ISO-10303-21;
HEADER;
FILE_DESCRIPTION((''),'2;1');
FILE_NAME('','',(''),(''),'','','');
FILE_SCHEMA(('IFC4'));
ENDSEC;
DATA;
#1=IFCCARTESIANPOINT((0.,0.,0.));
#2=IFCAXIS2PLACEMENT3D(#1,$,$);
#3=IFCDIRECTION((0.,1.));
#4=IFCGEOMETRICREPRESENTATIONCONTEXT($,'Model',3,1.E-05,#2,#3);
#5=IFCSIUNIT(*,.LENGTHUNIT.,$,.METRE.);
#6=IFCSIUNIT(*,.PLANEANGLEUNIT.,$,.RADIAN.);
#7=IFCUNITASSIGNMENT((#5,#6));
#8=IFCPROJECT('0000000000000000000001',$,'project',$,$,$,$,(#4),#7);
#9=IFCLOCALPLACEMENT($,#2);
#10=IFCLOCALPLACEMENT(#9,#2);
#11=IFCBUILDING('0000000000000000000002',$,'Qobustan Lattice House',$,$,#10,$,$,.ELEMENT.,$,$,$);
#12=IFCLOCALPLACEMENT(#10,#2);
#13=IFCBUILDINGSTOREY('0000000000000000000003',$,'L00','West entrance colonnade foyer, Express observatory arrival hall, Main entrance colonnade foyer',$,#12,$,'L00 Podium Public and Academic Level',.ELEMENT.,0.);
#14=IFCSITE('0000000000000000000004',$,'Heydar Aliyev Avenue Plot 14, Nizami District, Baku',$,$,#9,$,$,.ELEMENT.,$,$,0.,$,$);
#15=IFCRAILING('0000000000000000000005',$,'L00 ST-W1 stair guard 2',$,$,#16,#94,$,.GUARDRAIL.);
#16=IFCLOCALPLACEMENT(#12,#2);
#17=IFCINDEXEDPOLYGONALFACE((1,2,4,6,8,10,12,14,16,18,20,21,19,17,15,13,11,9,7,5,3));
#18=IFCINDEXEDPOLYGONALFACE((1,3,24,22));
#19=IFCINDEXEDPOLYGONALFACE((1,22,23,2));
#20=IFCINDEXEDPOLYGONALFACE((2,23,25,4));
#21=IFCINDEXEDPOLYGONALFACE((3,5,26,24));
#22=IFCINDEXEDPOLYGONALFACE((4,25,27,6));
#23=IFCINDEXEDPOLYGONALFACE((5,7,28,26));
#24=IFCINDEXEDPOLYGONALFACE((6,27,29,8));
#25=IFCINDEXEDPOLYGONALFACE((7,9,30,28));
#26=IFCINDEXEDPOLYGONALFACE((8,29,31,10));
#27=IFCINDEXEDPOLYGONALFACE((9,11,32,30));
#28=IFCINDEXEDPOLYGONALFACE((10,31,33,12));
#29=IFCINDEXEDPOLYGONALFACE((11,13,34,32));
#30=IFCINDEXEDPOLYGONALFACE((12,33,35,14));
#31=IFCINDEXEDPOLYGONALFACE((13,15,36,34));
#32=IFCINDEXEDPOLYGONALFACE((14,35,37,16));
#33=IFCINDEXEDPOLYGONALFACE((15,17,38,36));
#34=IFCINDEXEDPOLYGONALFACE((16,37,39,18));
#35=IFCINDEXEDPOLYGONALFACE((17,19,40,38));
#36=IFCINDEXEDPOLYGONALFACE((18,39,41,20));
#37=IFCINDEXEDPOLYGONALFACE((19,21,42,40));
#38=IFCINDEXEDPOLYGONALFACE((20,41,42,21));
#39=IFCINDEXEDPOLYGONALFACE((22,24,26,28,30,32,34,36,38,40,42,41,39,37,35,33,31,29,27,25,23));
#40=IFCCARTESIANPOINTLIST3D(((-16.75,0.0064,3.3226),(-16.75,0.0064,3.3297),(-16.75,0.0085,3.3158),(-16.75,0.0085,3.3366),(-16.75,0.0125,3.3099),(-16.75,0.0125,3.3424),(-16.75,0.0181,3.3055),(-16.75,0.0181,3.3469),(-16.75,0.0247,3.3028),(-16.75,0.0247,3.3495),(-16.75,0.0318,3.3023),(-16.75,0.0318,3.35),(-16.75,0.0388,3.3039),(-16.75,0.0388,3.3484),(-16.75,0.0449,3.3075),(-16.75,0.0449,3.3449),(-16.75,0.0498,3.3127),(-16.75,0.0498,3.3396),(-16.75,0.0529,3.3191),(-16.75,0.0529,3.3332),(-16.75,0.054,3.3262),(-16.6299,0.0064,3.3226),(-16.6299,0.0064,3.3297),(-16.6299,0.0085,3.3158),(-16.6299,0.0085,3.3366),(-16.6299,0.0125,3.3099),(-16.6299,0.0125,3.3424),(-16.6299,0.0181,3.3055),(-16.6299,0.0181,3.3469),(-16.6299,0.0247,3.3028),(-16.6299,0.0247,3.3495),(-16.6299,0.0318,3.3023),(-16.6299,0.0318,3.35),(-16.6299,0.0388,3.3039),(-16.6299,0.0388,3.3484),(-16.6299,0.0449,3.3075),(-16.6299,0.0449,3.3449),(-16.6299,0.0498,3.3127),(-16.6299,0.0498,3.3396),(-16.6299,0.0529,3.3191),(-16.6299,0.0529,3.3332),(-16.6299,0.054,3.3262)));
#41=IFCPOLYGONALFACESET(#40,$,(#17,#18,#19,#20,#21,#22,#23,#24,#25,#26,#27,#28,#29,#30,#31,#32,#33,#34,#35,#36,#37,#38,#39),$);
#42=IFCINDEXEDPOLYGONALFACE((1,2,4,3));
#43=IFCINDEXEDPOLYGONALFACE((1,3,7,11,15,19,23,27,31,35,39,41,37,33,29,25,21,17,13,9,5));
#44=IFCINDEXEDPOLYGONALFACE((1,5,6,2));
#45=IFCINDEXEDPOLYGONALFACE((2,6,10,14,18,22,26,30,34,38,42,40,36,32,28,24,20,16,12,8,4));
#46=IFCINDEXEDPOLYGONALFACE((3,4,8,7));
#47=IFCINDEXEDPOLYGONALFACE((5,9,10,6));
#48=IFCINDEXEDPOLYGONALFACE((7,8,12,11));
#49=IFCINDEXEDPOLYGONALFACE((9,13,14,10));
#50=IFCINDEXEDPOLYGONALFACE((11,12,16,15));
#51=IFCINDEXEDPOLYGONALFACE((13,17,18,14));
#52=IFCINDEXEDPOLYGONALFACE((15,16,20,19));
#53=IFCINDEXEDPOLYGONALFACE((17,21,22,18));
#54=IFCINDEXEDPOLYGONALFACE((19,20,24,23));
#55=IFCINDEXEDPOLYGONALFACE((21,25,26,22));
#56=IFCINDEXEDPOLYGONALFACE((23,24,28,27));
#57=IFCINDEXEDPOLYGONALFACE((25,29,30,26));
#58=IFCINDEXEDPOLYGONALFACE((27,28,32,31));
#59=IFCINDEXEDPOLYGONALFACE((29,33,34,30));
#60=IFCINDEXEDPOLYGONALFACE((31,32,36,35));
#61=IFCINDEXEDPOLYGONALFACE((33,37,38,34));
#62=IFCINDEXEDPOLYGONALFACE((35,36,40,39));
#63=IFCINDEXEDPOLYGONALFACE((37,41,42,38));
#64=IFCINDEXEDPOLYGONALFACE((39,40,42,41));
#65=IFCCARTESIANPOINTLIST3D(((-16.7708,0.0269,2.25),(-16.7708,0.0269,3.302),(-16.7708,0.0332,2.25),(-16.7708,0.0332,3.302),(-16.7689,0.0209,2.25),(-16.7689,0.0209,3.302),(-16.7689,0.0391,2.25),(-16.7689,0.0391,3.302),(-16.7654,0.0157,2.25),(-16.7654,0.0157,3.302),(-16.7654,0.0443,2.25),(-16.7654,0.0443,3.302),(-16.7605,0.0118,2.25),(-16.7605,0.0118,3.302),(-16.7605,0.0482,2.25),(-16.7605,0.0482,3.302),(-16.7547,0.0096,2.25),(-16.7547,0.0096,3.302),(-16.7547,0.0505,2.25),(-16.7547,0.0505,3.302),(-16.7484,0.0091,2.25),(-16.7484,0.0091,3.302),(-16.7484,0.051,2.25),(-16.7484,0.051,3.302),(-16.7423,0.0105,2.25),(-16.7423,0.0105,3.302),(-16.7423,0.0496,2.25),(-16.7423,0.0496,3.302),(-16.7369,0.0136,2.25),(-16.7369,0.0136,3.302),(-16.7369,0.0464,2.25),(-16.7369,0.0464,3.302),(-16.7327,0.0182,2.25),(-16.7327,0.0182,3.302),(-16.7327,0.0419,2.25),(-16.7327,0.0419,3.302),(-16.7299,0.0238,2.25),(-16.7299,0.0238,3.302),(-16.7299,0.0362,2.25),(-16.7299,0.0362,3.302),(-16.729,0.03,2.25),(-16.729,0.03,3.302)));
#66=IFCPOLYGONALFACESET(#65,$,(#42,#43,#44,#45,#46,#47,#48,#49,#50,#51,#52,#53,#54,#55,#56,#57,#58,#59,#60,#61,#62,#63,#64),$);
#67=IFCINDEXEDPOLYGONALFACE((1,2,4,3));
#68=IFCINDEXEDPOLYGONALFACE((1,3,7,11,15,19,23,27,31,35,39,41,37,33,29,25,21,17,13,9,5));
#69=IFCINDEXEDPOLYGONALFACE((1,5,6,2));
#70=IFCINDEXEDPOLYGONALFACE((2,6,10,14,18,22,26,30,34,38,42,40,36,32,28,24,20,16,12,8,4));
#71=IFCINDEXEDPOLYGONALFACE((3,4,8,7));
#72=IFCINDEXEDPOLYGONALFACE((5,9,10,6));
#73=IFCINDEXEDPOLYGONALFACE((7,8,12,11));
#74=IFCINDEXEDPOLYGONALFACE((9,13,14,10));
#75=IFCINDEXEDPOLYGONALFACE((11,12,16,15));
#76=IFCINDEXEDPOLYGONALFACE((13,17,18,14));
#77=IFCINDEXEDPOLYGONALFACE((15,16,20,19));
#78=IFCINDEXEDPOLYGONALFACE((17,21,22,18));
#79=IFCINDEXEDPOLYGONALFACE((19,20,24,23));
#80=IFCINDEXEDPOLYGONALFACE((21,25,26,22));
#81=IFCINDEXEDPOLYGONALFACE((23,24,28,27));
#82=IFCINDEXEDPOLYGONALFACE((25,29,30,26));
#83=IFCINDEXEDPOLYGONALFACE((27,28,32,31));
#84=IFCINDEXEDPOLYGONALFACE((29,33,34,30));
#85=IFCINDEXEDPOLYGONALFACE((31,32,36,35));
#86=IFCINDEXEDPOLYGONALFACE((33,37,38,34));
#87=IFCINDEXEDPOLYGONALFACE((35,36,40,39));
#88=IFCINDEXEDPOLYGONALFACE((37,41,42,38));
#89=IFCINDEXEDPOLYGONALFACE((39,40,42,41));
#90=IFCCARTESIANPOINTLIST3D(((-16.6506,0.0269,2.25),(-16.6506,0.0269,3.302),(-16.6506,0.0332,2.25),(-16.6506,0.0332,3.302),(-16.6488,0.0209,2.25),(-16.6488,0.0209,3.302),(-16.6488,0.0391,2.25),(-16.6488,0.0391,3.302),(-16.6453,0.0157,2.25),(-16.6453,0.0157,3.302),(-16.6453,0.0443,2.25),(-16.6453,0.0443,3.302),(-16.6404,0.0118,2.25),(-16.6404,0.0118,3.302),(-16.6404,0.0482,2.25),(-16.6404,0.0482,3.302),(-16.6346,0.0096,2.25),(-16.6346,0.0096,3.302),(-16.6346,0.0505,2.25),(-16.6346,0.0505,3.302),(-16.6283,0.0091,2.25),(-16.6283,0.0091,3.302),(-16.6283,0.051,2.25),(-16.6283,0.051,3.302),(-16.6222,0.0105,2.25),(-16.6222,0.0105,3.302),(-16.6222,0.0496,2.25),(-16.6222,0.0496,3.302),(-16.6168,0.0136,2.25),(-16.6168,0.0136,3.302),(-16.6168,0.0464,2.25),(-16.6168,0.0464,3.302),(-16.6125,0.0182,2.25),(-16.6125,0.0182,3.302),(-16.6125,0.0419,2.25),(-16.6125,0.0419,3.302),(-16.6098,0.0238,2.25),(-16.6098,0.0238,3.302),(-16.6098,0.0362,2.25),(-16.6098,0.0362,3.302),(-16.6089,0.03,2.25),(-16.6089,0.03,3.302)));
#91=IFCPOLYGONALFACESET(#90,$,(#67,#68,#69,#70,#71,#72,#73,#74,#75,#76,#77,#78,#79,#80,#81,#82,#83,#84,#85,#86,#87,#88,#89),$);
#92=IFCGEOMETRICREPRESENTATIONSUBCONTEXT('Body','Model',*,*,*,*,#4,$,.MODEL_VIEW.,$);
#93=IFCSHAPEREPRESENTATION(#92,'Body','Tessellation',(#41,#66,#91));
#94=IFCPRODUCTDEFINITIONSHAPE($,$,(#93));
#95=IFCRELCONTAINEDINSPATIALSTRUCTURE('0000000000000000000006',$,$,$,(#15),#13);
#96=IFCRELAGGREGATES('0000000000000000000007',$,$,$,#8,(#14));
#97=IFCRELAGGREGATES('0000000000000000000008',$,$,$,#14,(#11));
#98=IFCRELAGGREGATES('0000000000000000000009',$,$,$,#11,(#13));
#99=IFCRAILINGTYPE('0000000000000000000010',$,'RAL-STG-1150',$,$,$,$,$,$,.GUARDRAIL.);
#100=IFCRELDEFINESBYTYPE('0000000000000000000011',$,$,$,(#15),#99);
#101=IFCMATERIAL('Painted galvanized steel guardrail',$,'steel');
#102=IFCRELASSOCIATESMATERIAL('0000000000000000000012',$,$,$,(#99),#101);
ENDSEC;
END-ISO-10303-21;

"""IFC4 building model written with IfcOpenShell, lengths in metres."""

from ifc_helpers import new_model, si_unit, direction, frame, origin, origin_2d, place, context, subcontext, project, spatial, circle, extrude, material, type_object, element, save


model = new_model("IFC4")

# Units and contexts
model_context = context("Model", 3, precision=1e-05, world=origin(), true_north=direction((0.0, 1.0)))
body_context = subcontext(model_context, "Body", "Model", "MODEL_VIEW")
ifc_project = project(units=[si_unit("LENGTHUNIT", "METRE"), si_unit("PLANEANGLEUNIT", "RADIAN")], contexts=[model_context])

# Site, building, storey
site_placement = place(None, origin())
site = spatial("IfcSite", under=ifc_project, at=site_placement, Name="Heydar Aliyev Avenue Plot 14, Nizami District, Baku", CompositionType="ELEMENT", RefElevation=0.0)
building_placement = place(site_placement, origin())
building = spatial("IfcBuilding", under=site, at=building_placement, Name="Qobustan Lattice House", CompositionType="ELEMENT")
storey_placement = place(building_placement, origin())
storey = spatial("IfcBuildingStorey", under=building, at=storey_placement, Name="L00", Description="West entrance colonnade foyer, Express observatory arrival hall, Main entrance colonnade foyer", LongName="L00 Podium Public and Academic Level", CompositionType="ELEMENT", Elevation=0.0)

# Railing
ifc_material_1 = material(Name="Painted galvanized steel guardrail", Category="steel")
railing_type_1 = type_object("IfcRailingType", Name="RAL-STG-1150", PredefinedType="GUARDRAIL", material=ifc_material_1)
railing_1_placement = place(storey_placement, frame((-16.75, 0.03, 2.25)))
element("IfcRailing", 1, at=railing_1_placement, inside=storey, type_object=railing_type_1, Name="L00 ST-W1 stair guard 2", PredefinedType="GUARDRAIL", context=body_context, shape_type="SweptSolid", body=[
    extrude(circle(Radius=0.0239, at=origin_2d()), frame((0.0, 0.0, 1.0762), z_axis=(1.0, 0.0, 0.0), x_axis=(0.0, 1.0, 0.0)), (0.0, 0.0, 1.0), 0.1201),
    extrude(circle(Radius=0.021, at=origin_2d()), origin(), (0.0, 0.0, 1.0), 1.052),
    extrude(circle(Radius=0.021, at=origin_2d()), frame((0.1201, 0.0, 0.0)), (0.0, 0.0, 1.0), 1.052),
])

save(model, "model.ifc")
